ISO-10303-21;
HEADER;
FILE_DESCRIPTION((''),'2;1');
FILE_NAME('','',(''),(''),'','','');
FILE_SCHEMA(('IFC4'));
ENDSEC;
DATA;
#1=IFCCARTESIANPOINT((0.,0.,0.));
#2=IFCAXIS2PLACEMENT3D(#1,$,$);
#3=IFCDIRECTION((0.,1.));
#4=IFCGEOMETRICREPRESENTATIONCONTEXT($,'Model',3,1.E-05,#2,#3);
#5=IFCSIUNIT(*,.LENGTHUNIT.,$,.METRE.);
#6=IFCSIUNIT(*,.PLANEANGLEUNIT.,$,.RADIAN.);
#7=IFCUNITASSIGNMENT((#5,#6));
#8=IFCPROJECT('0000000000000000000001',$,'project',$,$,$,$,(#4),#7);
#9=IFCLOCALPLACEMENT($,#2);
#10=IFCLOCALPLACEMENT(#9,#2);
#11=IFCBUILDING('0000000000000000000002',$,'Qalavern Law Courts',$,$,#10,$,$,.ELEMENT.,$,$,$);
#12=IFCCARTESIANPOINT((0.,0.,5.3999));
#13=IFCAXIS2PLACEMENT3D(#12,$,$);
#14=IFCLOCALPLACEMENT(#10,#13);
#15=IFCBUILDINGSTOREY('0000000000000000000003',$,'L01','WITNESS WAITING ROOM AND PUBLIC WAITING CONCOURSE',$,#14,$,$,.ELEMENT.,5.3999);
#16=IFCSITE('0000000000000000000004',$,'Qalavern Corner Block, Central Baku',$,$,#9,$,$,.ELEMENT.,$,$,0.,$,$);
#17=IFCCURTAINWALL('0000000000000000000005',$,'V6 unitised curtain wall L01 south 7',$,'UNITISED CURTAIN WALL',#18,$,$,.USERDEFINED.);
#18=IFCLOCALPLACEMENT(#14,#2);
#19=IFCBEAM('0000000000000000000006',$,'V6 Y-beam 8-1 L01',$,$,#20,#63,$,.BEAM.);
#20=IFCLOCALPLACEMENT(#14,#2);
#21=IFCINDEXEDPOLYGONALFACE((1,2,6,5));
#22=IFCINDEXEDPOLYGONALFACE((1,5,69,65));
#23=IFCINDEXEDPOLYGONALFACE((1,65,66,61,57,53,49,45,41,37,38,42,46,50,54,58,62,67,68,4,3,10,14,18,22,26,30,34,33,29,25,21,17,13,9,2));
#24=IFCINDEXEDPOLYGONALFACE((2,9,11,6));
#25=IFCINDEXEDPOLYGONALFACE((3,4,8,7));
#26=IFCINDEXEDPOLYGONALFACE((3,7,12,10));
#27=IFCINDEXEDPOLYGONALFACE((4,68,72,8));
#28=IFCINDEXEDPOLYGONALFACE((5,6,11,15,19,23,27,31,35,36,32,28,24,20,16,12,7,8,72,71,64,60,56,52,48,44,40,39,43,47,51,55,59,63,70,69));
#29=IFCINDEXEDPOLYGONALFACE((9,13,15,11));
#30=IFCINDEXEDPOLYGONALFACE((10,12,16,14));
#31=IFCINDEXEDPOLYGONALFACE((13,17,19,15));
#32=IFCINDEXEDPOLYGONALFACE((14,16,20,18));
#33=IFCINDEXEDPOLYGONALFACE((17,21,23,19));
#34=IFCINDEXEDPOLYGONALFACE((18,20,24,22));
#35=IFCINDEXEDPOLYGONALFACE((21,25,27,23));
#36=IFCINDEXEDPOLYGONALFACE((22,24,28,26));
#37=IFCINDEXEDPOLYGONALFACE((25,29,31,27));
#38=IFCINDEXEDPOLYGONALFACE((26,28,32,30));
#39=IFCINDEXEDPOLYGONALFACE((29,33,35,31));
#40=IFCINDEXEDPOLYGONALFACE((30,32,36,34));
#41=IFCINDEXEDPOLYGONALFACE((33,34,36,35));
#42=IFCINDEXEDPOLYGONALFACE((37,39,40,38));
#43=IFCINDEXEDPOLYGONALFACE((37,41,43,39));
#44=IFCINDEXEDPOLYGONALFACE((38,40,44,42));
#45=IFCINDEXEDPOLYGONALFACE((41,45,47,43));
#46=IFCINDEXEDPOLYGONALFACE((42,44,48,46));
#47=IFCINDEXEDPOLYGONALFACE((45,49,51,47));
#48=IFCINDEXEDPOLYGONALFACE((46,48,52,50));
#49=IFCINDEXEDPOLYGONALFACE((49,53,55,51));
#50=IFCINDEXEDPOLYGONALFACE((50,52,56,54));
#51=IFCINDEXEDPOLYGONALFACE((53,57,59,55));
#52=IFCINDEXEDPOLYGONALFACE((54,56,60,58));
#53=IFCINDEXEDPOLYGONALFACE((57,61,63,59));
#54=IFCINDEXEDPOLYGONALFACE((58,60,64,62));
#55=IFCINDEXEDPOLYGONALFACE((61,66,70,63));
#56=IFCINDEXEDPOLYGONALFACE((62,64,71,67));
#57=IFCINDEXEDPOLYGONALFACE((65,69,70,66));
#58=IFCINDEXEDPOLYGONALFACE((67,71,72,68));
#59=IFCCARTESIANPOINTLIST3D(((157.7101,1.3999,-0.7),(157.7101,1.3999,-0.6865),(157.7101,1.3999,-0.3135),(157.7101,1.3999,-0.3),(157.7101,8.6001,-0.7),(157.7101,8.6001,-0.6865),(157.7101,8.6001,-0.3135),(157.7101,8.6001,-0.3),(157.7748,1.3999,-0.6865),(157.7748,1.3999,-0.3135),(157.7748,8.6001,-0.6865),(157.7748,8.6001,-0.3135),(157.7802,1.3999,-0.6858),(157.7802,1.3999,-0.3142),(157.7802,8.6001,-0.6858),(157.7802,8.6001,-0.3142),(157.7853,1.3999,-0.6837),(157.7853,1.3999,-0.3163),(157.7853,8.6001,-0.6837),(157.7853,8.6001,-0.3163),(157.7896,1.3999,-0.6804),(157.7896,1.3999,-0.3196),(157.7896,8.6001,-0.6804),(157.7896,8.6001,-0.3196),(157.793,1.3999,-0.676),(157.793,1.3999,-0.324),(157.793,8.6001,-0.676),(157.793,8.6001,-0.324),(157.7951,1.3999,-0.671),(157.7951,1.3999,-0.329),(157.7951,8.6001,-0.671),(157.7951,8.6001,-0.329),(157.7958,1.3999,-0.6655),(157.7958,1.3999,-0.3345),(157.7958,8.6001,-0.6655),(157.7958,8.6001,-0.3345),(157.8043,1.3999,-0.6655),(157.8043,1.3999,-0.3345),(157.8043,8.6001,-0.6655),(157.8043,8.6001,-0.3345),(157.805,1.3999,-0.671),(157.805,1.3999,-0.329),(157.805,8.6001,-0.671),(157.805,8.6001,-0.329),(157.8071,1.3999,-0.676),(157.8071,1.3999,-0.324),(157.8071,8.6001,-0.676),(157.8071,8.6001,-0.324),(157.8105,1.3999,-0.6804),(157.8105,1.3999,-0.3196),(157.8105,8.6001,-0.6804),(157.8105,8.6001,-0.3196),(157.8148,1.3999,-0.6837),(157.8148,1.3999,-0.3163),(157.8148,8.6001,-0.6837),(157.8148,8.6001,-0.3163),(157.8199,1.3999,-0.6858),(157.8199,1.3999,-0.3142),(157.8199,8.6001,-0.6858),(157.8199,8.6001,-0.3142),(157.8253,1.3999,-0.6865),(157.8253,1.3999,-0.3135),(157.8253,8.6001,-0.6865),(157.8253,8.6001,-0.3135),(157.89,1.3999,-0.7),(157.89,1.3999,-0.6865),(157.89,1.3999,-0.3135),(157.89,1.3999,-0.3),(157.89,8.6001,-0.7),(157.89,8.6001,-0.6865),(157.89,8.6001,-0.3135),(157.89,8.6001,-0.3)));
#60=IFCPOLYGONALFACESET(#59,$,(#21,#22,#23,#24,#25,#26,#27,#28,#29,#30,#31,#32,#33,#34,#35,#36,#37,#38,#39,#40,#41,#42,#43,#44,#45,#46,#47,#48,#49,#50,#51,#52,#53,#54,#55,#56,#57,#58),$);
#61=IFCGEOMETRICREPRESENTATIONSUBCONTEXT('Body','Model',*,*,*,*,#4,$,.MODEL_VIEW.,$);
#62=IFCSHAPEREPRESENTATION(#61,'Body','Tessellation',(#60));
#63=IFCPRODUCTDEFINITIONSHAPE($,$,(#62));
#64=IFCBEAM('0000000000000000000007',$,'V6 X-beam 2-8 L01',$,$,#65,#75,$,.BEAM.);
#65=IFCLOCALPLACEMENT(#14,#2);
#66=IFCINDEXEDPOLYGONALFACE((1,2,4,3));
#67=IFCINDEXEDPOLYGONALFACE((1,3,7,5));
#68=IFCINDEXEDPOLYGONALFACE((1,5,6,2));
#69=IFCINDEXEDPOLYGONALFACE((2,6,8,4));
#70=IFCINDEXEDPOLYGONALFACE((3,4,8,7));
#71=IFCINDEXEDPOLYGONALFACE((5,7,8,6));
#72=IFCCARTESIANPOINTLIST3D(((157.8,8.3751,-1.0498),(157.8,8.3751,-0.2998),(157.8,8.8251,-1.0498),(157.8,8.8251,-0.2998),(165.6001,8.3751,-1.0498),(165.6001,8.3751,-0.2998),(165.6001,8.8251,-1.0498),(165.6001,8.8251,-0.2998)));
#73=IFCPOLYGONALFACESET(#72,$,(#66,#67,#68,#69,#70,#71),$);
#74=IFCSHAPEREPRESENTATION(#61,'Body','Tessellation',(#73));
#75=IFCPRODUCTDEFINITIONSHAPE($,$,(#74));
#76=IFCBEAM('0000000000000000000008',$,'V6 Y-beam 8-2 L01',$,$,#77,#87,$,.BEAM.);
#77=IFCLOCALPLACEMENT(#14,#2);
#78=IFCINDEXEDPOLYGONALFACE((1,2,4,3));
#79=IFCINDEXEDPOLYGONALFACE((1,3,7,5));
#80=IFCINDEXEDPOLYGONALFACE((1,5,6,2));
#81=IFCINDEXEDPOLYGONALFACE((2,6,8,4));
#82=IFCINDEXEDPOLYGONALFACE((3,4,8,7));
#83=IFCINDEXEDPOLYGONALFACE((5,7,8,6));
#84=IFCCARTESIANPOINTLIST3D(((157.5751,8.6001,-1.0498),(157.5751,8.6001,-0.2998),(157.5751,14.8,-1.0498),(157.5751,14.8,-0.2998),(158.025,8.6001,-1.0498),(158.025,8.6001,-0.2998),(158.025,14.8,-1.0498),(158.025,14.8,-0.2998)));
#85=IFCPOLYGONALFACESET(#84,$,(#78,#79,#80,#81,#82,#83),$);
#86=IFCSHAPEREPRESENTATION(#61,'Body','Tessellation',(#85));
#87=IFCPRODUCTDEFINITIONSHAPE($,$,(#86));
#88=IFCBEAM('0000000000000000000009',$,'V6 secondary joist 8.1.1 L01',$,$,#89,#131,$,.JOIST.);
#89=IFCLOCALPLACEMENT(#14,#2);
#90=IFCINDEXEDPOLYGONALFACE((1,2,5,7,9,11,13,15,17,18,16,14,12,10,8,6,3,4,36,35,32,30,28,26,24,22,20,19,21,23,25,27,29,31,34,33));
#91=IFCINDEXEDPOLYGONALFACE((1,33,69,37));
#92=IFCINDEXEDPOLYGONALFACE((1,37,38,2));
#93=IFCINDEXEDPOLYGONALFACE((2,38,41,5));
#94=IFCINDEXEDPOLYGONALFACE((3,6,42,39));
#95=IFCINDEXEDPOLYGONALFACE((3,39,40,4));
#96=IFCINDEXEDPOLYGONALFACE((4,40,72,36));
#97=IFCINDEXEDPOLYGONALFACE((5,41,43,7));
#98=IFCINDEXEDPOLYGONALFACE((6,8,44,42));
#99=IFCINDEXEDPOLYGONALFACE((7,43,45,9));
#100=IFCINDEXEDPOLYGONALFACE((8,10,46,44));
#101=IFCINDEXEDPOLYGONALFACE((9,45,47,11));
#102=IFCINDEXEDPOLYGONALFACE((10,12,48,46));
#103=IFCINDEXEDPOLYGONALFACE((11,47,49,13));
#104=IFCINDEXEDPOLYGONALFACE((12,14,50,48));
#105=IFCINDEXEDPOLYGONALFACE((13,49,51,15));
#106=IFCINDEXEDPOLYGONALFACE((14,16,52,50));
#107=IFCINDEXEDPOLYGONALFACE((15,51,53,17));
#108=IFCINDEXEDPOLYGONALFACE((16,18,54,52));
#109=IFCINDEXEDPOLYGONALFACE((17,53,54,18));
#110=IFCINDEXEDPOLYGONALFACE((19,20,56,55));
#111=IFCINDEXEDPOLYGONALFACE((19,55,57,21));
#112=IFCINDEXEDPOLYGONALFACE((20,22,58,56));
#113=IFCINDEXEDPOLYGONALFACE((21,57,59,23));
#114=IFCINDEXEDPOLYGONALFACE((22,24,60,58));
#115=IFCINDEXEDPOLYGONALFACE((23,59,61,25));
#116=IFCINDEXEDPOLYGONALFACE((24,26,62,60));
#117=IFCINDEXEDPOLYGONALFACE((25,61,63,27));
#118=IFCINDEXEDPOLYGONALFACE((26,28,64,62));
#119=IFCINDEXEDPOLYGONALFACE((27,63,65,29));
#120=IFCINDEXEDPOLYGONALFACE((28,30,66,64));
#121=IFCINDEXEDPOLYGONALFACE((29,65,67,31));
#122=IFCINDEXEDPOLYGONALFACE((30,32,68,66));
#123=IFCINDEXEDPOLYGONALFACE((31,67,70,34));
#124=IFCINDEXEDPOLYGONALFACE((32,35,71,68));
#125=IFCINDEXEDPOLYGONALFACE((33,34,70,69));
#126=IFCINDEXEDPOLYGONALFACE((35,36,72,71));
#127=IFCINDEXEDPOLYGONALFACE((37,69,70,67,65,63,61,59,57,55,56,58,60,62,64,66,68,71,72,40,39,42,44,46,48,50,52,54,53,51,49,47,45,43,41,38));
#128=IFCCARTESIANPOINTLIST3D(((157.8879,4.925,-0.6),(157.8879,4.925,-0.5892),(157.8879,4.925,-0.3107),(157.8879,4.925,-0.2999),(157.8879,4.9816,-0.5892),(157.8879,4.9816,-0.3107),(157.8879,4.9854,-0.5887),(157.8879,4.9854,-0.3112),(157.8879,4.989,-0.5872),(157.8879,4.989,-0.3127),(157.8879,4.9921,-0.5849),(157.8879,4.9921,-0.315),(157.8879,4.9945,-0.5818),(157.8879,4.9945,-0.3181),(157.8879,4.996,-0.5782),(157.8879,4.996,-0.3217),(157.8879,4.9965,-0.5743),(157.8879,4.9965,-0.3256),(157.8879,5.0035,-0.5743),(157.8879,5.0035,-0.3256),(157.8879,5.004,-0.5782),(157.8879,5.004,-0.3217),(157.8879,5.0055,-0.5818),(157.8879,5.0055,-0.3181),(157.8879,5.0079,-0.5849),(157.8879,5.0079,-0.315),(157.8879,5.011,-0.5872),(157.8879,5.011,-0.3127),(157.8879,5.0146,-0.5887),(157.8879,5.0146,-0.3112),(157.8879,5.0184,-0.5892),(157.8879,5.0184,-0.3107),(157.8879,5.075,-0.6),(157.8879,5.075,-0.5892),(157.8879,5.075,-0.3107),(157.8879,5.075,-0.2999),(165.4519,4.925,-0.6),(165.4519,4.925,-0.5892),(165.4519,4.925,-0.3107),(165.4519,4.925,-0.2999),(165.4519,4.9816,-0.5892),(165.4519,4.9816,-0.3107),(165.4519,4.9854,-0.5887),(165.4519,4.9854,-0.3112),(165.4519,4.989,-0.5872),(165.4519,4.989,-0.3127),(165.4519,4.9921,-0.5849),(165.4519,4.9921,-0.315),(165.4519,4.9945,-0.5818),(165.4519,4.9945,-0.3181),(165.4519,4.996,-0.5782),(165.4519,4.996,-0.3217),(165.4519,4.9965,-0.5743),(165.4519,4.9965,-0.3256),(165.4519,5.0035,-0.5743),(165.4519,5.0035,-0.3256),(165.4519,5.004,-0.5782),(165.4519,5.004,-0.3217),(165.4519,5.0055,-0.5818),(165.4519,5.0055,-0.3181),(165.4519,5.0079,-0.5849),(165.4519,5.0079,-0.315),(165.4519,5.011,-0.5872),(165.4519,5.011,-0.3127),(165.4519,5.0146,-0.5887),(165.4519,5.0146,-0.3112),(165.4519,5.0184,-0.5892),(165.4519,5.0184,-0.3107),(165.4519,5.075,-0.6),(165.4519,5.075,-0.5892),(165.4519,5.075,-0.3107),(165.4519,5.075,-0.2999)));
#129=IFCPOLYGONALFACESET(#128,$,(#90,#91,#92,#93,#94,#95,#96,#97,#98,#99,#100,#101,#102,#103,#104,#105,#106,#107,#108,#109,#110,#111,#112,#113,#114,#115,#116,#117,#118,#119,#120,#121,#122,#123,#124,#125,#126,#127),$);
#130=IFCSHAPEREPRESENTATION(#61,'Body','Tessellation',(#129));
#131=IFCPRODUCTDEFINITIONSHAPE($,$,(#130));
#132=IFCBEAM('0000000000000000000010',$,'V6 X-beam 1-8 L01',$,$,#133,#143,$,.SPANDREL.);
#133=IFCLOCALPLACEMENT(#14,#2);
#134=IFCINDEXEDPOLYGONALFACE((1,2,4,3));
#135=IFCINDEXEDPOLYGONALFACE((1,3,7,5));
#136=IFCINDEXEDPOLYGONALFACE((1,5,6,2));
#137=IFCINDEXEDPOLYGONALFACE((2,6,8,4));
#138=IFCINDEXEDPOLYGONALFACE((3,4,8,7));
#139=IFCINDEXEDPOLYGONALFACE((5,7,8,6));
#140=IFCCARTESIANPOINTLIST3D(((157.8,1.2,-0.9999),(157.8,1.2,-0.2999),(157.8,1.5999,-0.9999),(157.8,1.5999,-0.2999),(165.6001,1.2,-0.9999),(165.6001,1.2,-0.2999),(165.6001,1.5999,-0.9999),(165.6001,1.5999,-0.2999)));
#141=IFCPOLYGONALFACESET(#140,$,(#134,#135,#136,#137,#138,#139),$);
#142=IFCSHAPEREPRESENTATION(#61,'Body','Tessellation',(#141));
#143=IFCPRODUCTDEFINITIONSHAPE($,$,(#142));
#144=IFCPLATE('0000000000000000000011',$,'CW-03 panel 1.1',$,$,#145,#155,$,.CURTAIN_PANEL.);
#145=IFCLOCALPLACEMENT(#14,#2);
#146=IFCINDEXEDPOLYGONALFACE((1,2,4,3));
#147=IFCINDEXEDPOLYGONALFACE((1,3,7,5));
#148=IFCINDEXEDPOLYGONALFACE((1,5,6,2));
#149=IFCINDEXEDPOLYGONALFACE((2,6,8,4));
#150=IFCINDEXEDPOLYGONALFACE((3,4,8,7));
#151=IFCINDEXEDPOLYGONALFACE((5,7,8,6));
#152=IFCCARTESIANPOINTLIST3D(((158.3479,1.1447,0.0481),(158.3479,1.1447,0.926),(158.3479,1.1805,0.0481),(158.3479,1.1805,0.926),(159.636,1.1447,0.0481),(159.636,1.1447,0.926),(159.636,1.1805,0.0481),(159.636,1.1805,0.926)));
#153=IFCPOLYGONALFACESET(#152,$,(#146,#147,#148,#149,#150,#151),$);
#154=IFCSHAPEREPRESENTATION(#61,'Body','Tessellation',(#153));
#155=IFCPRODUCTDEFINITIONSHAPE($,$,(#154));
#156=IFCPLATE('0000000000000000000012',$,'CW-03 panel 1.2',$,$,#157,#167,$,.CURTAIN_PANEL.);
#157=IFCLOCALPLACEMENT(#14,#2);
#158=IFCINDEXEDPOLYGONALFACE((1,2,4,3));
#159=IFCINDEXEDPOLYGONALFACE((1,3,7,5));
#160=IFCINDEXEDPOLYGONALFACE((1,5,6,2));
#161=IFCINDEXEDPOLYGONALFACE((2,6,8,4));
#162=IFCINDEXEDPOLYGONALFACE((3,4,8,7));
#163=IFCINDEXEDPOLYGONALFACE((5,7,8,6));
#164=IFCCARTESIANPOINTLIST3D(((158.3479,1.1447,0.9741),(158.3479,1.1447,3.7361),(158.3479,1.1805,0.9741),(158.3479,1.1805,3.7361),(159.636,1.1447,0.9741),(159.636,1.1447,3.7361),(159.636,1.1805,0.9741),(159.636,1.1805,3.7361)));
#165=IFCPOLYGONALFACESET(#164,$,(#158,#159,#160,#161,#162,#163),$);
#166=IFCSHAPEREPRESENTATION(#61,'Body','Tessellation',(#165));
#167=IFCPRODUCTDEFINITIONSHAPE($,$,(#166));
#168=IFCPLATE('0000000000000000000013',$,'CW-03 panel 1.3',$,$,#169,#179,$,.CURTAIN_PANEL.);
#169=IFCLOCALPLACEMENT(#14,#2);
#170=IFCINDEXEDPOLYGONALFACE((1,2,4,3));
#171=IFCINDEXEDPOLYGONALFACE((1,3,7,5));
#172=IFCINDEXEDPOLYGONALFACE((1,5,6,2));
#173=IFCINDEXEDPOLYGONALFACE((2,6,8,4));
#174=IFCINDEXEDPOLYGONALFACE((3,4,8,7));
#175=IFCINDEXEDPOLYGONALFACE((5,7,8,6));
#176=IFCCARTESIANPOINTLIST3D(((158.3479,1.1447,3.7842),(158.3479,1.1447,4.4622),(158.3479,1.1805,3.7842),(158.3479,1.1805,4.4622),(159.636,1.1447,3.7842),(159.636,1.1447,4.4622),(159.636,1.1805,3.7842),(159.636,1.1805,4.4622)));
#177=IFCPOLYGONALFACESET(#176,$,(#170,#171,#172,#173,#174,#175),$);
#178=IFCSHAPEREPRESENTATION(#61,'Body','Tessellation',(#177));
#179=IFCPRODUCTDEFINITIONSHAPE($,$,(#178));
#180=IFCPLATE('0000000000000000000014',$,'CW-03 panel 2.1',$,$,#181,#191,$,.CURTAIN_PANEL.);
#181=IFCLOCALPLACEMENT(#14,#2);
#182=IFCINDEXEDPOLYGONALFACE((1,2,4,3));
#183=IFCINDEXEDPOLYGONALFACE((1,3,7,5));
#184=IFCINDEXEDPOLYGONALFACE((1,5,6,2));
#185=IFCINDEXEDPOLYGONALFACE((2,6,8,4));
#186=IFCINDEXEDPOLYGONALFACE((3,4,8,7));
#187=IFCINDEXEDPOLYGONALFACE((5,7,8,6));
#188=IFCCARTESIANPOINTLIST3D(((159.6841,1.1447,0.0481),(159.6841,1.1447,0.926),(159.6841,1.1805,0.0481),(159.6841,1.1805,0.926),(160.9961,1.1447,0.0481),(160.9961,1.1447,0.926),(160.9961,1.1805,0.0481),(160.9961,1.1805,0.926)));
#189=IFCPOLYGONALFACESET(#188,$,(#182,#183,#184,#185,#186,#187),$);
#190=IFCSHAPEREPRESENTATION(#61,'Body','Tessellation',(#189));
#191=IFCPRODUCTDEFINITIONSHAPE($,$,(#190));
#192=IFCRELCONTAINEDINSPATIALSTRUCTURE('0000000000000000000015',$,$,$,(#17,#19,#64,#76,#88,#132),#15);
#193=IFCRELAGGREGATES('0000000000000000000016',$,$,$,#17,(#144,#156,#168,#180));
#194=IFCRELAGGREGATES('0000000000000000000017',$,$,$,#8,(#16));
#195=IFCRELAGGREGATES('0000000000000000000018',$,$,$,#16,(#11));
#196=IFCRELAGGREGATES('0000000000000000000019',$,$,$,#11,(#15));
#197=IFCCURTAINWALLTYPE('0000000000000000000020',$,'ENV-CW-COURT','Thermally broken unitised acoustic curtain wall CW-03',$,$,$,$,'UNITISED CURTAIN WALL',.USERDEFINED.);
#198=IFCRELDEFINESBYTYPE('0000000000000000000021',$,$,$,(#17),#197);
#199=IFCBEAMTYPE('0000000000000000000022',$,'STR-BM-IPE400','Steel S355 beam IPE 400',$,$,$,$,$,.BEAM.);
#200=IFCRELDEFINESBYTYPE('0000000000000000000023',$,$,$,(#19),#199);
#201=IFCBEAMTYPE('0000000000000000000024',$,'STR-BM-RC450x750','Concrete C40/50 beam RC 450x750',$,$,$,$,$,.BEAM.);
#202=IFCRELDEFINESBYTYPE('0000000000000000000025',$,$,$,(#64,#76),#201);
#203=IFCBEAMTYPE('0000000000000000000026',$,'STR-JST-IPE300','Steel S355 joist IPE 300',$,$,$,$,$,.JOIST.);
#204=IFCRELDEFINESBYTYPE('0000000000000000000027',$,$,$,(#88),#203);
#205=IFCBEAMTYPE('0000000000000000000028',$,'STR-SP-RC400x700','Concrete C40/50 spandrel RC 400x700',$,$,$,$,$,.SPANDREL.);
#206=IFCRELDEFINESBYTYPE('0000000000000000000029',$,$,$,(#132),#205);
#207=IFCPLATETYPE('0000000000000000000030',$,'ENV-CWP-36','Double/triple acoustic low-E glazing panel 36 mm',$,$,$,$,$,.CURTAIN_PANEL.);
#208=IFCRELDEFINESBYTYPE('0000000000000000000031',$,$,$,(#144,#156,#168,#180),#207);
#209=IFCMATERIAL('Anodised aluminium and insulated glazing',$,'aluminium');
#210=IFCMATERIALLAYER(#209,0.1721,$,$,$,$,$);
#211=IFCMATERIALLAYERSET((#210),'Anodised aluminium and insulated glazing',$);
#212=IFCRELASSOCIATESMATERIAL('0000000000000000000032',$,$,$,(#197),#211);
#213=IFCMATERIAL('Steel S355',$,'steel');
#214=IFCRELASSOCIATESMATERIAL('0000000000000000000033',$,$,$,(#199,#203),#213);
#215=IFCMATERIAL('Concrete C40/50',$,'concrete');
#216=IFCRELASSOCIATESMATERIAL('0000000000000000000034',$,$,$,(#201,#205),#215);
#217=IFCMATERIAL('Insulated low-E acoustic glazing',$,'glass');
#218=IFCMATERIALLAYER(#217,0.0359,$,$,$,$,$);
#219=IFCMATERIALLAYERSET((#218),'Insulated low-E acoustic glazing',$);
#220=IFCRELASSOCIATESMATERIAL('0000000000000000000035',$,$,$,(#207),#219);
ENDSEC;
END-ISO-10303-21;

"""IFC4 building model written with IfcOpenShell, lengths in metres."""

from ifc_helpers import new_model, si_unit, direction, frame, origin, origin_2d, place, context, subcontext, project, spatial, rectangle, i_section, extrude, material, layer, layer_set, material_profile, profile_set, type_object, element, aggregate, save


model = new_model("IFC4")

# Units and contexts
model_context = context("Model", 3, precision=1e-05, world=origin(), true_north=direction((0.0, 1.0)))
body_context = subcontext(model_context, "Body", "Model", "MODEL_VIEW")
ifc_project = project(units=[si_unit("LENGTHUNIT", "METRE"), si_unit("PLANEANGLEUNIT", "RADIAN")], contexts=[model_context])

# Site, building, storey
site_placement = place(None, origin())
site = spatial("IfcSite", under=ifc_project, at=site_placement, Name="Qalavern Corner Block, Central Baku", CompositionType="ELEMENT", RefElevation=0.0)
building_placement = place(site_placement, origin())
building = spatial("IfcBuilding", under=site, at=building_placement, Name="Qalavern Law Courts", CompositionType="ELEMENT")
storey_placement = place(building_placement, frame((0.0, 0.0, 5.3999)))
storey = spatial("IfcBuildingStorey", under=building, at=storey_placement, Name="L01", Description="WITNESS WAITING ROOM AND PUBLIC WAITING CONCOURSE", CompositionType="ELEMENT", Elevation=5.3999)

# Curtain wall
ifc_material_1 = material(Name="Anodised aluminium and insulated glazing", Category="aluminium")
ifc_layer_1 = layer(ifc_material_1, 0.1721)
ifc_layer_set_1 = layer_set([ifc_layer_1], Name="Anodised aluminium and insulated glazing")
curtain_wall_type = type_object("IfcCurtainWallType", Name="ENV-CW-COURT", Description="Thermally broken unitised acoustic curtain wall CW-03", ElementType="UNITISED CURTAIN WALL", PredefinedType="USERDEFINED", material=ifc_layer_set_1)
curtain_wall_placement = place(storey_placement, origin())
curtain_wall = element("IfcCurtainWall", 1, at=curtain_wall_placement, inside=storey, type_object=curtain_wall_type, Name="V6 unitised curtain wall L01 south 7", ObjectType="UNITISED CURTAIN WALL", PredefinedType="USERDEFINED")

# Beams
ifc_material_2 = material(Name="Steel S355", Category="steel")
ifc_material_profile_1 = material_profile(ifc_material_2, i_section(OverallWidth=0.1799, OverallDepth=0.3999, WebThickness=0.0085, FlangeThickness=0.0134, FilletRadius=0.021, at=origin_2d()), Name="IPE 400")
ifc_profile_set_1 = profile_set([ifc_material_profile_1], Name="Steel S355")
beam_type_1 = type_object("IfcBeamType", Name="STR-BM-IPE400", Description="Steel S355 beam IPE 400", PredefinedType="BEAM", material=ifc_profile_set_1)
beam_1_placement = place(storey_placement, frame((157.8, 1.3999, -0.5), z_axis=(0.0, 1.0, 0.0), x_axis=(-1.0, 0.0, 0.0)))
element("IfcBeam", 2, at=beam_1_placement, inside=storey, type_object=beam_type_1, Name="V6 Y-beam 8-1 L01", PredefinedType="BEAM", context=body_context, shape_type="SweptSolid", body=[
    extrude(i_section(OverallWidth=0.1799, OverallDepth=0.3999, WebThickness=0.0085, FlangeThickness=0.0134, FilletRadius=0.021, at=origin_2d()), origin(), (0.0, 0.0, 1.0), 7.2002),
])
ifc_material_3 = material(Name="Concrete C40/50", Category="concrete")
ifc_material_profile_2 = material_profile(ifc_material_3, rectangle(XDim=0.45, YDim=0.75, at=origin_2d()), Name="RC 450x750")
ifc_profile_set_2 = profile_set([ifc_material_profile_2], Name="Concrete C40/50")
beam_type_2 = type_object("IfcBeamType", Name="STR-BM-RC450x750", Description="Concrete C40/50 beam RC 450x750", PredefinedType="BEAM", material=ifc_profile_set_2)
beam_2_placement = place(storey_placement, frame((157.8, 8.6001, -0.6748), z_axis=(1.0, 0.0, 0.0), x_axis=(0.0, 1.0, 0.0)))
element("IfcBeam", 3, at=beam_2_placement, inside=storey, type_object=beam_type_2, Name="V6 X-beam 2-8 L01", PredefinedType="BEAM", context=body_context, shape_type="SweptSolid", body=[
    extrude(rectangle(XDim=0.45, YDim=0.75, at=origin_2d()), origin(), (0.0, 0.0, 1.0), 7.8),
])
beam_3_placement = place(storey_placement, frame((157.8, 8.6001, -0.6748), z_axis=(0.0, 1.0, 0.0), x_axis=(-1.0, 0.0, 0.0)))
element("IfcBeam", 4, at=beam_3_placement, inside=storey, type_object=beam_type_2, Name="V6 Y-beam 8-2 L01", PredefinedType="BEAM", context=body_context, shape_type="SweptSolid", body=[
    extrude(rectangle(XDim=0.45, YDim=0.75, at=origin_2d()), origin(), (0.0, 0.0, 1.0), 6.2),
])
ifc_material_profile_3 = material_profile(ifc_material_2, i_section(OverallWidth=0.1499, OverallDepth=0.3, WebThickness=0.0071, FlangeThickness=0.0107, FilletRadius=0.0149, at=origin_2d()), Name="IPE 300")
ifc_profile_set_3 = profile_set([ifc_material_profile_3], Name="Steel S355")
beam_type_3 = type_object("IfcBeamType", Name="STR-JST-IPE300", Description="Steel S355 joist IPE 300", PredefinedType="JOIST", material=ifc_profile_set_3)
beam_4_placement = place(storey_placement, frame((157.8879, 5.0, -0.45), z_axis=(1.0, 0.0, 0.0), x_axis=(0.0, 1.0, 0.0)))
element("IfcBeam", 5, at=beam_4_placement, inside=storey, type_object=beam_type_3, Name="V6 secondary joist 8.1.1 L01", PredefinedType="JOIST", context=body_context, shape_type="SweptSolid", body=[
    extrude(i_section(OverallWidth=0.1499, OverallDepth=0.3, WebThickness=0.0071, FlangeThickness=0.0107, FilletRadius=0.0149, at=origin_2d()), origin(), (0.0, 0.0, 1.0), 7.564),
])
ifc_material_profile_4 = material_profile(ifc_material_3, rectangle(XDim=0.3999, YDim=0.7, at=origin_2d()), Name="RC 400x700")
ifc_profile_set_4 = profile_set([ifc_material_profile_4], Name="Concrete C40/50")
beam_type_4 = type_object("IfcBeamType", Name="STR-SP-RC400x700", Description="Concrete C40/50 spandrel RC 400x700", PredefinedType="SPANDREL", material=ifc_profile_set_4)
beam_5_placement = place(storey_placement, frame((157.8, 1.3999, -0.6499), z_axis=(1.0, 0.0, 0.0), x_axis=(0.0, 1.0, 0.0)))
element("IfcBeam", 6, at=beam_5_placement, inside=storey, type_object=beam_type_4, Name="V6 X-beam 1-8 L01", PredefinedType="SPANDREL", context=body_context, shape_type="SweptSolid", body=[
    extrude(rectangle(XDim=0.3999, YDim=0.7, at=origin_2d()), origin(), (0.0, 0.0, 1.0), 7.8),
])

# Plates
ifc_material_4 = material(Name="Insulated low-E acoustic glazing", Category="glass")
ifc_layer_2 = layer(ifc_material_4, 0.0359)
ifc_layer_set_2 = layer_set([ifc_layer_2], Name="Insulated low-E acoustic glazing")
plate_type = type_object("IfcPlateType", Name="ENV-CWP-36", Description="Double/triple acoustic low-E glazing panel 36 mm", PredefinedType="CURTAIN_PANEL", material=ifc_layer_set_2)
plate_1_placement = place(storey_placement, frame((158.9919, 1.1626, 0.0481), z_axis=(0.0, 0.0, 1.0), x_axis=(1.0, 0.0, 0.0)))
plate_1 = element("IfcPlate", 7, at=plate_1_placement, type_object=plate_type, Name="CW-03 panel 1.1", PredefinedType="CURTAIN_PANEL", context=body_context, shape_type="SweptSolid", body=[
    extrude(rectangle(XDim=1.2881, YDim=0.0359, at=origin_2d()), origin(), (0.0, 0.0, 1.0), 0.8779),
])
plate_2_placement = place(storey_placement, frame((158.9919, 1.1626, 0.9741), z_axis=(0.0, 0.0, 1.0), x_axis=(1.0, 0.0, 0.0)))
plate_2 = element("IfcPlate", 8, at=plate_2_placement, type_object=plate_type, Name="CW-03 panel 1.2", PredefinedType="CURTAIN_PANEL", context=body_context, shape_type="SweptSolid", body=[
    extrude(rectangle(XDim=1.2881, YDim=0.0359, at=origin_2d()), origin(), (0.0, 0.0, 1.0), 2.762),
])
plate_3_placement = place(storey_placement, frame((158.9919, 1.1626, 3.7842), z_axis=(0.0, 0.0, 1.0), x_axis=(1.0, 0.0, 0.0)))
plate_3 = element("IfcPlate", 9, at=plate_3_placement, type_object=plate_type, Name="CW-03 panel 1.3", PredefinedType="CURTAIN_PANEL", context=body_context, shape_type="SweptSolid", body=[
    extrude(rectangle(XDim=1.2881, YDim=0.0359, at=origin_2d()), origin(), (0.0, 0.0, 1.0), 0.678),
])
plate_4_placement = place(storey_placement, frame((160.3401, 1.1626, 0.0481), z_axis=(0.0, 0.0, 1.0), x_axis=(1.0, 0.0, 0.0)))
plate_4 = element("IfcPlate", 10, at=plate_4_placement, type_object=plate_type, Name="CW-03 panel 2.1", PredefinedType="CURTAIN_PANEL", context=body_context, shape_type="SweptSolid", body=[
    extrude(rectangle(XDim=1.312, YDim=0.0359, at=origin_2d()), origin(), (0.0, 0.0, 1.0), 0.8779),
])
aggregate(curtain_wall, [plate_1, plate_2, plate_3, plate_4])

save(model, "model.ifc")
